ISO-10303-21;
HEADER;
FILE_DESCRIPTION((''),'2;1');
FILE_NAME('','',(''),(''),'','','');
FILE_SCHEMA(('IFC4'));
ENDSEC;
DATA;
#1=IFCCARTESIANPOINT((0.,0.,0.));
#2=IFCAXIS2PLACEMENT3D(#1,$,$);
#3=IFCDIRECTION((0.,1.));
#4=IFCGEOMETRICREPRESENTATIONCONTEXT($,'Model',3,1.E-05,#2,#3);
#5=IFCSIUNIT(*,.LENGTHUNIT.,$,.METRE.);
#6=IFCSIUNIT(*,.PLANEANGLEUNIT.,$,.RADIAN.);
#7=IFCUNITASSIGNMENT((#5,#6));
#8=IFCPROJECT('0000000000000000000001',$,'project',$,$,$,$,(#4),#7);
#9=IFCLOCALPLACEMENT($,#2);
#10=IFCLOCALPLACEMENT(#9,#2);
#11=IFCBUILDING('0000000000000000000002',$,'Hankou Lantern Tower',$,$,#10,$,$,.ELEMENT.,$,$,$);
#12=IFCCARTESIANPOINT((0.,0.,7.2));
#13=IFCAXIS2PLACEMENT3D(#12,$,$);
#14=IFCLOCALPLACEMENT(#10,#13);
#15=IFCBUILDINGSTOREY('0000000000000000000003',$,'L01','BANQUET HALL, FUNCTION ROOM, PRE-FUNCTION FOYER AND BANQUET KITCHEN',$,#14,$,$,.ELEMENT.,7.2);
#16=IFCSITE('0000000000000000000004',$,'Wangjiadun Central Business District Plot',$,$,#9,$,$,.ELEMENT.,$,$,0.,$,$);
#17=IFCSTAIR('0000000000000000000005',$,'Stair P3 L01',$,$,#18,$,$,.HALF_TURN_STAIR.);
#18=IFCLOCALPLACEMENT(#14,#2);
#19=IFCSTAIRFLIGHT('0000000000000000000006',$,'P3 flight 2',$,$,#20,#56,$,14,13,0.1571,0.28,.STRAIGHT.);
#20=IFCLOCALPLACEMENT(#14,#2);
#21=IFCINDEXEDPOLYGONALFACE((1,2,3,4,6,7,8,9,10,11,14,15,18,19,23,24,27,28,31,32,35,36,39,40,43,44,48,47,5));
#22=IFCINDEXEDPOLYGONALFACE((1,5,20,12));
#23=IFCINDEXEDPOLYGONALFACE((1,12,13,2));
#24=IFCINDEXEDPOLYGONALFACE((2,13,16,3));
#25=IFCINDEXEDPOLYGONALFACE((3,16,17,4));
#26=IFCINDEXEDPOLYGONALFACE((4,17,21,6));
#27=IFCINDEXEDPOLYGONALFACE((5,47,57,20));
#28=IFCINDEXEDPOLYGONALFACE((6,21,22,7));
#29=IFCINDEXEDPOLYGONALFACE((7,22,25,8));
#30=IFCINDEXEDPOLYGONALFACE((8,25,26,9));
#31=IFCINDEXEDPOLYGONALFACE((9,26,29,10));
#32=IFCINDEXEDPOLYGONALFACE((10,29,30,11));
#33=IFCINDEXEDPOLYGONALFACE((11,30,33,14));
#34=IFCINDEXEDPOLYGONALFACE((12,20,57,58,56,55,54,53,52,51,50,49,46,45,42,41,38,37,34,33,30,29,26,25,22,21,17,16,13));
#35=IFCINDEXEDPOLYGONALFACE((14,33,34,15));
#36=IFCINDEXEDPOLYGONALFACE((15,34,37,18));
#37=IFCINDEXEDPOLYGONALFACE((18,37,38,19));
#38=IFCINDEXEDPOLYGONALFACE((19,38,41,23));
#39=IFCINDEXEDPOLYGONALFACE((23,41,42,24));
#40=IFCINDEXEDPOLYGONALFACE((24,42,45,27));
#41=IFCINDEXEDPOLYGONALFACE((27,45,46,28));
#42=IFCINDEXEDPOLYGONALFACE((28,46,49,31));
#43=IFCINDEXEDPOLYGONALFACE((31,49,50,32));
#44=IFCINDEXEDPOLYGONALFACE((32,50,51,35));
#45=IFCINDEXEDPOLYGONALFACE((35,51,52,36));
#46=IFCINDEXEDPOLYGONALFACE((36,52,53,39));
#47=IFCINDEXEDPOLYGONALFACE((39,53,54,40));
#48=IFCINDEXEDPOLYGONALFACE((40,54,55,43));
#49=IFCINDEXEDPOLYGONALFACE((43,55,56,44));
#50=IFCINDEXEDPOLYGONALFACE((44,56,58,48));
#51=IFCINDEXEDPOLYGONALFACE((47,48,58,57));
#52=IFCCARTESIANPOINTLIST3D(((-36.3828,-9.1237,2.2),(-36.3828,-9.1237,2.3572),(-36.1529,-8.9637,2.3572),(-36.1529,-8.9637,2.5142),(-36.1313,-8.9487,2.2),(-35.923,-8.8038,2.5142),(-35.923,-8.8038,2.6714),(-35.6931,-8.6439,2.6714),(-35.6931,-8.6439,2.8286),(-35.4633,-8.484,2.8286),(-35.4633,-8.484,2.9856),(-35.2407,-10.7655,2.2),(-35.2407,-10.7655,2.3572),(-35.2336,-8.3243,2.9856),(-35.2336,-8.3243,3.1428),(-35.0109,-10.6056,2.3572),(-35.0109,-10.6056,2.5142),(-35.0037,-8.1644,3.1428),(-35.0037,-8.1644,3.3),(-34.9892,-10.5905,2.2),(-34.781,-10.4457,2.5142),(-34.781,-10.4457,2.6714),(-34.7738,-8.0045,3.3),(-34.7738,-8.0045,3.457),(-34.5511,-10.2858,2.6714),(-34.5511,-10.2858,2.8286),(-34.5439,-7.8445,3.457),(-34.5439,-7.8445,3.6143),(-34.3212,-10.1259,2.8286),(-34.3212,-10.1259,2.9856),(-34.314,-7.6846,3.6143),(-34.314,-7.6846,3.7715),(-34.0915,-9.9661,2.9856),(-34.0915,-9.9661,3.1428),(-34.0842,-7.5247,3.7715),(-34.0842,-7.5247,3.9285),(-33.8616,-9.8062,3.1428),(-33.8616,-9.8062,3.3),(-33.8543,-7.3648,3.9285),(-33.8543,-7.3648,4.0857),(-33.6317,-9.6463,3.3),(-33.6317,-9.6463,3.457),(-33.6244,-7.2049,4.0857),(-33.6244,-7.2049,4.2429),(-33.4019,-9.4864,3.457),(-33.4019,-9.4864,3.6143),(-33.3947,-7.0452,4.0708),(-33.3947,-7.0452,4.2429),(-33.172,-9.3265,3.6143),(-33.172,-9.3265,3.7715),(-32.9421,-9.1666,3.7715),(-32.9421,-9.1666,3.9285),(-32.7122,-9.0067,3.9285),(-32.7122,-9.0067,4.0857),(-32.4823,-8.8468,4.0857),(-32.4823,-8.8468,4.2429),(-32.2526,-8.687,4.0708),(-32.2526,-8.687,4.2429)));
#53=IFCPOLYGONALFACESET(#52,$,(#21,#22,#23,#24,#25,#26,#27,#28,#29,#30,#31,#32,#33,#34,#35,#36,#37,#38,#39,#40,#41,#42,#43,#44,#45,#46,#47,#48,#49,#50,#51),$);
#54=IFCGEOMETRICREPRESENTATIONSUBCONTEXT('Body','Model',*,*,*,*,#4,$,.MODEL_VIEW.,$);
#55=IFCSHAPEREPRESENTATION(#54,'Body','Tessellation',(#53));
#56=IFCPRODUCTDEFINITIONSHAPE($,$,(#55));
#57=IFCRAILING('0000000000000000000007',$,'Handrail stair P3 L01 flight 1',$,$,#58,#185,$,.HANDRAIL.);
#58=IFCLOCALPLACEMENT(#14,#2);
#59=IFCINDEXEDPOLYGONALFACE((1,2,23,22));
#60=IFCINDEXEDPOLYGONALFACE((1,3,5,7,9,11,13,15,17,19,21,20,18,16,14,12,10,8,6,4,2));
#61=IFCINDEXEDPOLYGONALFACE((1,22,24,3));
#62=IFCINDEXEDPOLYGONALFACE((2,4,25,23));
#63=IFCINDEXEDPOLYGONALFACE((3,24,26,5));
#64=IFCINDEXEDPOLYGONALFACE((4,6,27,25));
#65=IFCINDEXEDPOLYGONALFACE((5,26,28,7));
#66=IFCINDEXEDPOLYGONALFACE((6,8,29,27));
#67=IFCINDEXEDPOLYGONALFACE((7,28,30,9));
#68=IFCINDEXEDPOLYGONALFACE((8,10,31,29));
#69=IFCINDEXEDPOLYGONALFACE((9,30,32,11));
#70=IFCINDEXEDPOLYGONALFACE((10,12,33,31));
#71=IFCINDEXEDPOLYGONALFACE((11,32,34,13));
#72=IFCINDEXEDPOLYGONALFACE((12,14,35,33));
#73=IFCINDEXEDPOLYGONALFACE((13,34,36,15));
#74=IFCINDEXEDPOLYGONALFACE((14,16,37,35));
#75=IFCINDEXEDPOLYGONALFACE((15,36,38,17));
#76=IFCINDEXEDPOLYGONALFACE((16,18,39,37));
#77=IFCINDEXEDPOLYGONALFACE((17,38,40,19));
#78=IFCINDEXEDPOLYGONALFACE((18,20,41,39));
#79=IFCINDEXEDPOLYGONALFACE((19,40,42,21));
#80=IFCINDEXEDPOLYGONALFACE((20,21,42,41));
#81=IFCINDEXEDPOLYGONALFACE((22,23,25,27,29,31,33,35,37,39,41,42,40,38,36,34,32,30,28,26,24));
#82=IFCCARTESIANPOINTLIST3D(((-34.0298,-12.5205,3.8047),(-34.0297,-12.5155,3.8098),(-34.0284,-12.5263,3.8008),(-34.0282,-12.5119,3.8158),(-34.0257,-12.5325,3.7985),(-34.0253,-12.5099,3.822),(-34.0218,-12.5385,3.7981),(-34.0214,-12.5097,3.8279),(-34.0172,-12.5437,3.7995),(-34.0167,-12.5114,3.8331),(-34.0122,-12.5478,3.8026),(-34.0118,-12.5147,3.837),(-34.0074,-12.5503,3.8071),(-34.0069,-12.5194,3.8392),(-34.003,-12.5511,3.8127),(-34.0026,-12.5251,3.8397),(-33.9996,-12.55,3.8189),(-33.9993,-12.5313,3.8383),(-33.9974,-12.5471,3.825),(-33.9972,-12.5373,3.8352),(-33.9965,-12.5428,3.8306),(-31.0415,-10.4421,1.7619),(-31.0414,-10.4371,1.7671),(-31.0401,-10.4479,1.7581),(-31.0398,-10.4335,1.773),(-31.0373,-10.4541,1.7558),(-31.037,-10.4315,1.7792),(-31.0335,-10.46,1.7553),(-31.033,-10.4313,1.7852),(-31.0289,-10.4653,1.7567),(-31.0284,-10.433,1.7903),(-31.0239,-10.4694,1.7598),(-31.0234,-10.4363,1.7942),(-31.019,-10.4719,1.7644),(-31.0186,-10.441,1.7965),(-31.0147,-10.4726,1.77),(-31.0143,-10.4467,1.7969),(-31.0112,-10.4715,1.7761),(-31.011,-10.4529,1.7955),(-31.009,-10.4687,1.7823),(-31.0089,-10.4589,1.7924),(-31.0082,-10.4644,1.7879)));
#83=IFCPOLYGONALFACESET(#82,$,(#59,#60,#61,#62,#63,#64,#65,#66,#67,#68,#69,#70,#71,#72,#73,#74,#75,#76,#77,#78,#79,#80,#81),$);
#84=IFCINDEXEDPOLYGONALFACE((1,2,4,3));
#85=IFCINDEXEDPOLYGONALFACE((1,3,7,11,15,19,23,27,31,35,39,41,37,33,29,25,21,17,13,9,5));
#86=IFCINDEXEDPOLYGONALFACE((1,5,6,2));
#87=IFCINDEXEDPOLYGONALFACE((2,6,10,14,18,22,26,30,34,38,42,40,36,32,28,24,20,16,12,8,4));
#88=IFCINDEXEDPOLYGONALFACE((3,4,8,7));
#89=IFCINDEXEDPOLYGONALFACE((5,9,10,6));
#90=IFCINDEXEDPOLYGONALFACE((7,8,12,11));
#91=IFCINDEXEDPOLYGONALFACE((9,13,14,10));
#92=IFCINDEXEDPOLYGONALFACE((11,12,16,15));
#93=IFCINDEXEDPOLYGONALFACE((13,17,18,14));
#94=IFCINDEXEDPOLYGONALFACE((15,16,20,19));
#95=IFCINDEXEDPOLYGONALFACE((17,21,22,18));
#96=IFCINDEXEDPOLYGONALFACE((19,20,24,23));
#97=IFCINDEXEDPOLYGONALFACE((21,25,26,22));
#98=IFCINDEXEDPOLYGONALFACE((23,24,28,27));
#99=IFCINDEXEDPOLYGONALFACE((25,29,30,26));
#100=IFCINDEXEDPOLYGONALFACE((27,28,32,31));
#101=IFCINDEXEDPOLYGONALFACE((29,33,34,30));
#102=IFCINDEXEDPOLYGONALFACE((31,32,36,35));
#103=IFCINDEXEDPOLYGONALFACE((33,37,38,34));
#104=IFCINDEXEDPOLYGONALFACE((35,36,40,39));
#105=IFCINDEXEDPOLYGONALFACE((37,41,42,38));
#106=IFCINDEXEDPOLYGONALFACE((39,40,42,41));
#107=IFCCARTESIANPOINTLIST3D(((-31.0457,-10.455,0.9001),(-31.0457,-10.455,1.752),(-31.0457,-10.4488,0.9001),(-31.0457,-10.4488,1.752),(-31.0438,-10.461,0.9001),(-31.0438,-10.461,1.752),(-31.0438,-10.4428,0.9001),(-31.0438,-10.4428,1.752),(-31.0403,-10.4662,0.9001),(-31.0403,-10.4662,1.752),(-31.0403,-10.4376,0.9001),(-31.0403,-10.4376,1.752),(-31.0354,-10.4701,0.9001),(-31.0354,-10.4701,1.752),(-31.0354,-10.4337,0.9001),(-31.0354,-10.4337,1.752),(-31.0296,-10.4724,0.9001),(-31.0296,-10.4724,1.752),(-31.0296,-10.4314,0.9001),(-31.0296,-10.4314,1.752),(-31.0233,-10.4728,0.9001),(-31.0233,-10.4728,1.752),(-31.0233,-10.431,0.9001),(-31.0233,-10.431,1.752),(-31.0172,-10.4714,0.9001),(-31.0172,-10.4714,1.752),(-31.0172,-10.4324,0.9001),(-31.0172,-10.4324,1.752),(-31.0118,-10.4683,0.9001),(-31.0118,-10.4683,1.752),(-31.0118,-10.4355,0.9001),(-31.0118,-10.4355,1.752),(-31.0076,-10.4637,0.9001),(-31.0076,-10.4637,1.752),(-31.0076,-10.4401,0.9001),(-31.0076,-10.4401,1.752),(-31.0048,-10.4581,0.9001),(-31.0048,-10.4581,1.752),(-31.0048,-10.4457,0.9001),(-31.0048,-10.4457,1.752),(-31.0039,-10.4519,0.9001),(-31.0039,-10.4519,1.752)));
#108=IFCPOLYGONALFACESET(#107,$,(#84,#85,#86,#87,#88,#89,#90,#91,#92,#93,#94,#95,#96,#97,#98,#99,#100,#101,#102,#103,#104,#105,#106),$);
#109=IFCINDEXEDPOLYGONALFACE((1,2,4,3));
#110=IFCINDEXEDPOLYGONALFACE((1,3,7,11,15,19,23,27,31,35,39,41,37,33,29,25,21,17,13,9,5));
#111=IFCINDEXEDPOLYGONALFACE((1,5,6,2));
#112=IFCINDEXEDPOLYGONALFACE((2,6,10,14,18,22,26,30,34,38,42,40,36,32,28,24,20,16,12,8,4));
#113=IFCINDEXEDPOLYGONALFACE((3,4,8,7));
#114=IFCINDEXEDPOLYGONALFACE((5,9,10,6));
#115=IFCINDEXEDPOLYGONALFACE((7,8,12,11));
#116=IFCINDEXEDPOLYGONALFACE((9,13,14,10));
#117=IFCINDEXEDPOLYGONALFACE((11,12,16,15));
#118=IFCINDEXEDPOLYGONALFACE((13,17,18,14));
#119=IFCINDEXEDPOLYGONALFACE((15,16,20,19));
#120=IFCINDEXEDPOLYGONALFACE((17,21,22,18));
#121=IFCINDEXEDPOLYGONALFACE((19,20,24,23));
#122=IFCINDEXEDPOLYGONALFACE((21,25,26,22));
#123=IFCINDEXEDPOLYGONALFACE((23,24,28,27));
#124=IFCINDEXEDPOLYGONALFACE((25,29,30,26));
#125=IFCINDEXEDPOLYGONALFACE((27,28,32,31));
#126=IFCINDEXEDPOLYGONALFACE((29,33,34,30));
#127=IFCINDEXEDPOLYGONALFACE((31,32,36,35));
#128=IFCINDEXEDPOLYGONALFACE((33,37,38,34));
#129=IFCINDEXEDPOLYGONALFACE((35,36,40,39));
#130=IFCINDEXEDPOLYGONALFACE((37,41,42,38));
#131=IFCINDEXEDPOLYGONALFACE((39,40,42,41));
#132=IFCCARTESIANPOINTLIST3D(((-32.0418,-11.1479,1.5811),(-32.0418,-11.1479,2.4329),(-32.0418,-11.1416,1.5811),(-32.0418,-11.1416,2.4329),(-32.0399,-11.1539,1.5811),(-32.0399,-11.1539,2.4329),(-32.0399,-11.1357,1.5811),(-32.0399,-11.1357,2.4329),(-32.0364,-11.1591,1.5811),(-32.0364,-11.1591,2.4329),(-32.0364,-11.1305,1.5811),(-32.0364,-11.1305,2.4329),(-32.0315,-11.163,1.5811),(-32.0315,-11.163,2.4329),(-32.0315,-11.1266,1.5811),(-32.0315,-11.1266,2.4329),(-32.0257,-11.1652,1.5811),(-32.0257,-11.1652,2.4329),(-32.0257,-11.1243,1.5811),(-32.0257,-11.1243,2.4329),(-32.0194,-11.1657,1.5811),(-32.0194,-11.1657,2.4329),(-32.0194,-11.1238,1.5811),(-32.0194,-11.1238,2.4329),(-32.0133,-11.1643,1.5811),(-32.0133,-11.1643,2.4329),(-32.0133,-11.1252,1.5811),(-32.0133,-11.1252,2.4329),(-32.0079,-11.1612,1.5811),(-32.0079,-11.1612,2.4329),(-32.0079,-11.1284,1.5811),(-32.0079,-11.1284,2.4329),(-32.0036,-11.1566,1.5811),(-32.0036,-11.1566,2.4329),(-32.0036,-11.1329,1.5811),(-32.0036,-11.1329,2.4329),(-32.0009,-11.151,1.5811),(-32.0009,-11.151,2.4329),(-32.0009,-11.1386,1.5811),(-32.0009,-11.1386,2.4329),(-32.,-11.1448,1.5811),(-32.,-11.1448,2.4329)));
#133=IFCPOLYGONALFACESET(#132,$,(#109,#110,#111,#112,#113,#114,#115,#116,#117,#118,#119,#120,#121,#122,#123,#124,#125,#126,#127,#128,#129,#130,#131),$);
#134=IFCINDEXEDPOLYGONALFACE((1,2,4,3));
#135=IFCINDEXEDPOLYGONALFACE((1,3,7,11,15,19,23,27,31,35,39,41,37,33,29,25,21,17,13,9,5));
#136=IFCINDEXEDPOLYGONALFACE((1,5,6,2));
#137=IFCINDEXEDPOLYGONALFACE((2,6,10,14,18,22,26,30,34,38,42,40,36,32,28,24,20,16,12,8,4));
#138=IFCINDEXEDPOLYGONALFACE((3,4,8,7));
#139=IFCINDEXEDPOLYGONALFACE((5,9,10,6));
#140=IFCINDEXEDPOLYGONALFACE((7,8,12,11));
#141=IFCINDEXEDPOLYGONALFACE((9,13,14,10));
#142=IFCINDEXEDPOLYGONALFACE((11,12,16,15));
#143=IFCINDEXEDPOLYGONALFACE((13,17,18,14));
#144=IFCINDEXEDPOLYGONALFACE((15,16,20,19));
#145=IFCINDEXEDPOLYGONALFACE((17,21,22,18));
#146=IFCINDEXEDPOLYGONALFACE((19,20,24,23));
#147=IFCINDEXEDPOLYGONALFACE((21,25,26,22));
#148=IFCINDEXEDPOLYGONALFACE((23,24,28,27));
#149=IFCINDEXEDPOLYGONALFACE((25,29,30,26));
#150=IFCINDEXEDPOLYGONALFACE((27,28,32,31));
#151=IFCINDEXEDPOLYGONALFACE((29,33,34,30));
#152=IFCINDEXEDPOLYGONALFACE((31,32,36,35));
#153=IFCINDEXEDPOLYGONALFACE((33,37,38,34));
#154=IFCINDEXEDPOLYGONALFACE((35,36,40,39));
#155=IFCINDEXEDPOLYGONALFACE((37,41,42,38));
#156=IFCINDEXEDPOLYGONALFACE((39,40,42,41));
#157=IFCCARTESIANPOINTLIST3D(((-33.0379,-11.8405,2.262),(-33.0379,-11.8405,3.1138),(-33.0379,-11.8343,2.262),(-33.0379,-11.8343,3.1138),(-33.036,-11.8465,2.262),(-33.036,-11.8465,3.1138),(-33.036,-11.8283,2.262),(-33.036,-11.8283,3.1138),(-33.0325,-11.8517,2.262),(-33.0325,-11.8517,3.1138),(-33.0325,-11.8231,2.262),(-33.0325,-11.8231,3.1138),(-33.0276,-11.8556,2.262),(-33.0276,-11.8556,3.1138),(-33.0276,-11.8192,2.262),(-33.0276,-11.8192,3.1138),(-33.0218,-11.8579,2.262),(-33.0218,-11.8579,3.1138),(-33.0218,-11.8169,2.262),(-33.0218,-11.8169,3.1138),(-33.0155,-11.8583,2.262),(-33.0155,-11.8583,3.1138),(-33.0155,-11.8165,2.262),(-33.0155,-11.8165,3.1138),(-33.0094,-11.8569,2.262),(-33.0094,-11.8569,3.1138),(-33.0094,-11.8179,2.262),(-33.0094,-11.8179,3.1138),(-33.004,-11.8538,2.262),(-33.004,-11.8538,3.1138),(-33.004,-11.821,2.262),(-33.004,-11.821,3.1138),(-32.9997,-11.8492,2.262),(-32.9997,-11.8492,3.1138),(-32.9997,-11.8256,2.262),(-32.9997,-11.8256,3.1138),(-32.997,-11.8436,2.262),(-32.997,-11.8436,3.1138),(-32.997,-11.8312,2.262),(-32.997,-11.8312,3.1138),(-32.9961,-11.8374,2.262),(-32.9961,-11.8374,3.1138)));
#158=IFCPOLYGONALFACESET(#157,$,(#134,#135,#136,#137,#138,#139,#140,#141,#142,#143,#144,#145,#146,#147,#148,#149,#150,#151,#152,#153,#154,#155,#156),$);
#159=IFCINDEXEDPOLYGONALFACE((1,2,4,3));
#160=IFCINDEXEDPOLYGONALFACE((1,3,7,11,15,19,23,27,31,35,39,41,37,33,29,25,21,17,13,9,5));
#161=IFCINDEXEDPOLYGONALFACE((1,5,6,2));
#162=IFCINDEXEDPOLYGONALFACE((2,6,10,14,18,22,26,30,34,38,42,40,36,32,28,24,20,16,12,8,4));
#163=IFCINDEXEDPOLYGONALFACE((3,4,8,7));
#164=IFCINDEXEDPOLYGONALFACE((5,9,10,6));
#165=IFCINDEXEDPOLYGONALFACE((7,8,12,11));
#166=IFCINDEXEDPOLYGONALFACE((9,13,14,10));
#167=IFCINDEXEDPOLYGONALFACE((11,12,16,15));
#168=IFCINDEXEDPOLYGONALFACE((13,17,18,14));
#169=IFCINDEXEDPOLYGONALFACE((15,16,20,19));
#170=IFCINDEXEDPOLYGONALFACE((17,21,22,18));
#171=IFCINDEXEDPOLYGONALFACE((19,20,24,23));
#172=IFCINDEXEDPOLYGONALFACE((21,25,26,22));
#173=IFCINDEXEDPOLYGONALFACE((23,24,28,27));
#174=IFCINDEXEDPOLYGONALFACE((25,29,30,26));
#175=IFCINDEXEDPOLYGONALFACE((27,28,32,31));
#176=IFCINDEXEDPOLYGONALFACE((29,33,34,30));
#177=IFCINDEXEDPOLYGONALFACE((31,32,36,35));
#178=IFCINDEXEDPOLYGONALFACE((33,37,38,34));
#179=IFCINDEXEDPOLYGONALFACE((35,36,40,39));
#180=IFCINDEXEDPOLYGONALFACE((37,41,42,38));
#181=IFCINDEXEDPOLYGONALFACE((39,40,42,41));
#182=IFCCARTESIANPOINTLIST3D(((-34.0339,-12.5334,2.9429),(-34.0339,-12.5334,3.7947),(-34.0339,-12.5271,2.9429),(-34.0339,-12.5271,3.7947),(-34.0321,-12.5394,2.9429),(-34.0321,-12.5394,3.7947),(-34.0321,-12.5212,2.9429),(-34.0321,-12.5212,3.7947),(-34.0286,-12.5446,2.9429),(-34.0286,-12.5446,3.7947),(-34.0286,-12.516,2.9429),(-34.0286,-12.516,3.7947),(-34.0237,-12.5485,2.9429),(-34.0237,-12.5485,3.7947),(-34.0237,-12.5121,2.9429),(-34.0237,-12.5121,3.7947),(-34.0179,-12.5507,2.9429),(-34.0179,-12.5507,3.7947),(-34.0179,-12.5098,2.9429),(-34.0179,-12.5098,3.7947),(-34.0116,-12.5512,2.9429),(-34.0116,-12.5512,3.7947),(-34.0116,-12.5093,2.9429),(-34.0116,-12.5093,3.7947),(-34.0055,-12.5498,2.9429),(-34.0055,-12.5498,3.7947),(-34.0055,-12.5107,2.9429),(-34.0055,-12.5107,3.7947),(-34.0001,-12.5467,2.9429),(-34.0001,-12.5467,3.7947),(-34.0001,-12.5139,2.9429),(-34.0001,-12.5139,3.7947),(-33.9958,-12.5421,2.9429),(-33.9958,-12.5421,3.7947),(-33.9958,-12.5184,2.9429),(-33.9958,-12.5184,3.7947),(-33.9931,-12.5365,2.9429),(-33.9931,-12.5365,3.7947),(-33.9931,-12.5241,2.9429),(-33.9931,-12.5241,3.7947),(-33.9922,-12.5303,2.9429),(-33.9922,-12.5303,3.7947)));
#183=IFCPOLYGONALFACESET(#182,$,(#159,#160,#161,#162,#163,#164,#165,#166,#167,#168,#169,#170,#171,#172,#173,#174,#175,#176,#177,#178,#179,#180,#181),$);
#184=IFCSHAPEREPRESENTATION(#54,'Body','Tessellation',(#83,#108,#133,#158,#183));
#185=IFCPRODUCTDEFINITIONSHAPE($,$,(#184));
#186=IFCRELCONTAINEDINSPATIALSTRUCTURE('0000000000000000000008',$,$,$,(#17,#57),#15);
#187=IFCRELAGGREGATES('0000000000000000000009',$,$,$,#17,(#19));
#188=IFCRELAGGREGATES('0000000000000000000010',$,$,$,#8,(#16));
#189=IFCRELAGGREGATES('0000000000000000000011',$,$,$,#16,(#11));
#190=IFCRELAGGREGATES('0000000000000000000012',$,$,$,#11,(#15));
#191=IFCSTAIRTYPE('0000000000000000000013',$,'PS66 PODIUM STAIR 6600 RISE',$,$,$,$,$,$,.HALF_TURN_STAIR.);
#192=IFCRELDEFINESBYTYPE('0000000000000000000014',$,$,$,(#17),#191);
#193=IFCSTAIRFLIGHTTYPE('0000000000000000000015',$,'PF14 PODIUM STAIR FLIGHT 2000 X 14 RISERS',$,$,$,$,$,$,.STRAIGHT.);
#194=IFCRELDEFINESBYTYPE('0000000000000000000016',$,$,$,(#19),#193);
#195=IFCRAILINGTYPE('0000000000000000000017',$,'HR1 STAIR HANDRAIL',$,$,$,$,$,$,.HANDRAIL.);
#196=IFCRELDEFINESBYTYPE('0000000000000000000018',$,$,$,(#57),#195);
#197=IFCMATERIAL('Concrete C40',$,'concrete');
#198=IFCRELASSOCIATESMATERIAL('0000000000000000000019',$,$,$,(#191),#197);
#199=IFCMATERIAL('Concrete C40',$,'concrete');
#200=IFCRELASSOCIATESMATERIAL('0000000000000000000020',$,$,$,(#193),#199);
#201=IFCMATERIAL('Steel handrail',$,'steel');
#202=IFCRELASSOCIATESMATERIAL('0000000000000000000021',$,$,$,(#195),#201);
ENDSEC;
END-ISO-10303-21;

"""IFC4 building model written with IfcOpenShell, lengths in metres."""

from ifc_helpers import new_model, si_unit, direction, frame, origin, origin_2d, place, context, subcontext, project, spatial, polyline, circle, outline, extrude, material, type_object, element, aggregate, save


model = new_model("IFC4")

# Units and contexts
model_context = context("Model", 3, precision=1e-05, world=origin(), true_north=direction((0.0, 1.0)))
body_context = subcontext(model_context, "Body", "Model", "MODEL_VIEW")
ifc_project = project(units=[si_unit("LENGTHUNIT", "METRE"), si_unit("PLANEANGLEUNIT", "RADIAN")], contexts=[model_context])

# Site, building, storey
site_placement = place(None, origin())
site = spatial("IfcSite", under=ifc_project, at=site_placement, Name="Wangjiadun Central Business District Plot", CompositionType="ELEMENT", RefElevation=0.0)
building_placement = place(site_placement, origin())
building = spatial("IfcBuilding", under=site, at=building_placement, Name="Hankou Lantern Tower", CompositionType="ELEMENT")
storey_placement = place(building_placement, frame((0.0, 0.0, 7.2)))
storey = spatial("IfcBuildingStorey", under=building, at=storey_placement, Name="L01", Description="BANQUET HALL, FUNCTION ROOM, PRE-FUNCTION FOYER AND BANQUET KITCHEN", CompositionType="ELEMENT", Elevation=7.2)

# Stair, stair flight
ifc_material_1 = material(Name="Concrete C40", Category="concrete")
stair_type = type_object("IfcStairType", Name="PS66 PODIUM STAIR 6600 RISE", PredefinedType="HALF_TURN_STAIR", material=ifc_material_1)
stair_placement = place(storey_placement, origin())
stair = element("IfcStair", 1, at=stair_placement, inside=storey, type_object=stair_type, Name="Stair P3 L01", PredefinedType="HALF_TURN_STAIR")
ifc_material_2 = material(Name="Concrete C40", Category="concrete")
stair_flight_type = type_object("IfcStairFlightType", Name="PF14 PODIUM STAIR FLIGHT 2000 X 14 RISERS", PredefinedType="STRAIGHT", material=ifc_material_2)
stair_flight_placement = place(storey_placement, frame((-35.8118, -9.9446, 2.2), z_axis=(0.0, 0.0, 1.0), x_axis=(0.820927, 0.571033, 0.0)))
stair_flight = element("IfcStairFlight", 2, at=stair_flight_placement, type_object=stair_flight_type, Name="P3 flight 2", NumberOfRisers=14, NumberOfTreads=13, PredefinedType="STRAIGHT", RiserHeight=0.1571, TreadLength=0.28, context=body_context, shape_type="SweptSolid", body=[
    extrude(outline(polyline([(0.0, 0.0), (0.0, 0.1572), (0.28, 0.1572), (0.28, 0.3142), (0.5601, 0.3142), (0.5601, 0.4714), (0.8401, 0.4714), (0.8401, 0.6287), (1.1201, 0.6287), (1.1201, 0.7856), (1.3999, 0.7856), (1.3999, 0.9429), (1.6799, 0.9429), (1.6799, 1.1001), (1.96, 1.1001), (1.96, 1.2571), (2.24, 1.2571), (2.24, 1.4143), (2.52, 1.4143), (2.52, 1.5715), (2.8, 1.5715), (2.8, 1.7285), (3.0801, 1.7285), (3.0801, 1.8857), (3.3601, 1.8857), (3.3601, 2.043), (3.6399, 2.043), (3.6399, 2.2), (3.6399, 1.8708), (0.3064, 0.0), (0.0, 0.0)])), frame((0.0, 1.0, 0.0), z_axis=(0.0, -1.0, 0.0), x_axis=(1.0, 0.0, 0.0)), (0.0, 0.0, 1.0), 2.0),
])
aggregate(stair, [stair_flight])

# Railing
ifc_material_3 = material(Name="Steel handrail", Category="steel")
railing_type = type_object("IfcRailingType", Name="HR1 STAIR HANDRAIL", PredefinedType="HANDRAIL", material=ifc_material_3)
railing_1_placement = place(storey_placement, frame((-31.0249, -10.4519, 0.9001)))
element("IfcRailing", 3, at=railing_1_placement, inside=storey, type_object=railing_type, Name="Handrail stair P3 L01 flight 1", PredefinedType="HANDRAIL", context=body_context, shape_type="SweptSolid", body=[
    extrude(circle(Radius=0.0239, at=origin_2d()), frame((0.0, 0.0, 0.876), z_axis=(-0.71593, -0.497934, 0.489394), x_axis=(0.570984, -0.820961, 0.0)), (0.0, 0.0, 1.0), 4.1741),
    extrude(circle(Radius=0.021, at=origin_2d()), origin(), (0.0, 0.0, 1.0), 0.8518),
    extrude(circle(Radius=0.021, at=origin_2d()), frame((-0.9961, -0.6929, 0.6809)), (0.0, 0.0, 1.0), 0.8518),
    extrude(circle(Radius=0.021, at=origin_2d()), frame((-1.9922, -1.3855, 1.3618)), (0.0, 0.0, 1.0), 0.8518),
    extrude(circle(Radius=0.021, at=origin_2d()), frame((-2.9883, -2.0784, 2.0427)), (0.0, 0.0, 1.0), 0.8518),
])

save(model, "model.ifc")
